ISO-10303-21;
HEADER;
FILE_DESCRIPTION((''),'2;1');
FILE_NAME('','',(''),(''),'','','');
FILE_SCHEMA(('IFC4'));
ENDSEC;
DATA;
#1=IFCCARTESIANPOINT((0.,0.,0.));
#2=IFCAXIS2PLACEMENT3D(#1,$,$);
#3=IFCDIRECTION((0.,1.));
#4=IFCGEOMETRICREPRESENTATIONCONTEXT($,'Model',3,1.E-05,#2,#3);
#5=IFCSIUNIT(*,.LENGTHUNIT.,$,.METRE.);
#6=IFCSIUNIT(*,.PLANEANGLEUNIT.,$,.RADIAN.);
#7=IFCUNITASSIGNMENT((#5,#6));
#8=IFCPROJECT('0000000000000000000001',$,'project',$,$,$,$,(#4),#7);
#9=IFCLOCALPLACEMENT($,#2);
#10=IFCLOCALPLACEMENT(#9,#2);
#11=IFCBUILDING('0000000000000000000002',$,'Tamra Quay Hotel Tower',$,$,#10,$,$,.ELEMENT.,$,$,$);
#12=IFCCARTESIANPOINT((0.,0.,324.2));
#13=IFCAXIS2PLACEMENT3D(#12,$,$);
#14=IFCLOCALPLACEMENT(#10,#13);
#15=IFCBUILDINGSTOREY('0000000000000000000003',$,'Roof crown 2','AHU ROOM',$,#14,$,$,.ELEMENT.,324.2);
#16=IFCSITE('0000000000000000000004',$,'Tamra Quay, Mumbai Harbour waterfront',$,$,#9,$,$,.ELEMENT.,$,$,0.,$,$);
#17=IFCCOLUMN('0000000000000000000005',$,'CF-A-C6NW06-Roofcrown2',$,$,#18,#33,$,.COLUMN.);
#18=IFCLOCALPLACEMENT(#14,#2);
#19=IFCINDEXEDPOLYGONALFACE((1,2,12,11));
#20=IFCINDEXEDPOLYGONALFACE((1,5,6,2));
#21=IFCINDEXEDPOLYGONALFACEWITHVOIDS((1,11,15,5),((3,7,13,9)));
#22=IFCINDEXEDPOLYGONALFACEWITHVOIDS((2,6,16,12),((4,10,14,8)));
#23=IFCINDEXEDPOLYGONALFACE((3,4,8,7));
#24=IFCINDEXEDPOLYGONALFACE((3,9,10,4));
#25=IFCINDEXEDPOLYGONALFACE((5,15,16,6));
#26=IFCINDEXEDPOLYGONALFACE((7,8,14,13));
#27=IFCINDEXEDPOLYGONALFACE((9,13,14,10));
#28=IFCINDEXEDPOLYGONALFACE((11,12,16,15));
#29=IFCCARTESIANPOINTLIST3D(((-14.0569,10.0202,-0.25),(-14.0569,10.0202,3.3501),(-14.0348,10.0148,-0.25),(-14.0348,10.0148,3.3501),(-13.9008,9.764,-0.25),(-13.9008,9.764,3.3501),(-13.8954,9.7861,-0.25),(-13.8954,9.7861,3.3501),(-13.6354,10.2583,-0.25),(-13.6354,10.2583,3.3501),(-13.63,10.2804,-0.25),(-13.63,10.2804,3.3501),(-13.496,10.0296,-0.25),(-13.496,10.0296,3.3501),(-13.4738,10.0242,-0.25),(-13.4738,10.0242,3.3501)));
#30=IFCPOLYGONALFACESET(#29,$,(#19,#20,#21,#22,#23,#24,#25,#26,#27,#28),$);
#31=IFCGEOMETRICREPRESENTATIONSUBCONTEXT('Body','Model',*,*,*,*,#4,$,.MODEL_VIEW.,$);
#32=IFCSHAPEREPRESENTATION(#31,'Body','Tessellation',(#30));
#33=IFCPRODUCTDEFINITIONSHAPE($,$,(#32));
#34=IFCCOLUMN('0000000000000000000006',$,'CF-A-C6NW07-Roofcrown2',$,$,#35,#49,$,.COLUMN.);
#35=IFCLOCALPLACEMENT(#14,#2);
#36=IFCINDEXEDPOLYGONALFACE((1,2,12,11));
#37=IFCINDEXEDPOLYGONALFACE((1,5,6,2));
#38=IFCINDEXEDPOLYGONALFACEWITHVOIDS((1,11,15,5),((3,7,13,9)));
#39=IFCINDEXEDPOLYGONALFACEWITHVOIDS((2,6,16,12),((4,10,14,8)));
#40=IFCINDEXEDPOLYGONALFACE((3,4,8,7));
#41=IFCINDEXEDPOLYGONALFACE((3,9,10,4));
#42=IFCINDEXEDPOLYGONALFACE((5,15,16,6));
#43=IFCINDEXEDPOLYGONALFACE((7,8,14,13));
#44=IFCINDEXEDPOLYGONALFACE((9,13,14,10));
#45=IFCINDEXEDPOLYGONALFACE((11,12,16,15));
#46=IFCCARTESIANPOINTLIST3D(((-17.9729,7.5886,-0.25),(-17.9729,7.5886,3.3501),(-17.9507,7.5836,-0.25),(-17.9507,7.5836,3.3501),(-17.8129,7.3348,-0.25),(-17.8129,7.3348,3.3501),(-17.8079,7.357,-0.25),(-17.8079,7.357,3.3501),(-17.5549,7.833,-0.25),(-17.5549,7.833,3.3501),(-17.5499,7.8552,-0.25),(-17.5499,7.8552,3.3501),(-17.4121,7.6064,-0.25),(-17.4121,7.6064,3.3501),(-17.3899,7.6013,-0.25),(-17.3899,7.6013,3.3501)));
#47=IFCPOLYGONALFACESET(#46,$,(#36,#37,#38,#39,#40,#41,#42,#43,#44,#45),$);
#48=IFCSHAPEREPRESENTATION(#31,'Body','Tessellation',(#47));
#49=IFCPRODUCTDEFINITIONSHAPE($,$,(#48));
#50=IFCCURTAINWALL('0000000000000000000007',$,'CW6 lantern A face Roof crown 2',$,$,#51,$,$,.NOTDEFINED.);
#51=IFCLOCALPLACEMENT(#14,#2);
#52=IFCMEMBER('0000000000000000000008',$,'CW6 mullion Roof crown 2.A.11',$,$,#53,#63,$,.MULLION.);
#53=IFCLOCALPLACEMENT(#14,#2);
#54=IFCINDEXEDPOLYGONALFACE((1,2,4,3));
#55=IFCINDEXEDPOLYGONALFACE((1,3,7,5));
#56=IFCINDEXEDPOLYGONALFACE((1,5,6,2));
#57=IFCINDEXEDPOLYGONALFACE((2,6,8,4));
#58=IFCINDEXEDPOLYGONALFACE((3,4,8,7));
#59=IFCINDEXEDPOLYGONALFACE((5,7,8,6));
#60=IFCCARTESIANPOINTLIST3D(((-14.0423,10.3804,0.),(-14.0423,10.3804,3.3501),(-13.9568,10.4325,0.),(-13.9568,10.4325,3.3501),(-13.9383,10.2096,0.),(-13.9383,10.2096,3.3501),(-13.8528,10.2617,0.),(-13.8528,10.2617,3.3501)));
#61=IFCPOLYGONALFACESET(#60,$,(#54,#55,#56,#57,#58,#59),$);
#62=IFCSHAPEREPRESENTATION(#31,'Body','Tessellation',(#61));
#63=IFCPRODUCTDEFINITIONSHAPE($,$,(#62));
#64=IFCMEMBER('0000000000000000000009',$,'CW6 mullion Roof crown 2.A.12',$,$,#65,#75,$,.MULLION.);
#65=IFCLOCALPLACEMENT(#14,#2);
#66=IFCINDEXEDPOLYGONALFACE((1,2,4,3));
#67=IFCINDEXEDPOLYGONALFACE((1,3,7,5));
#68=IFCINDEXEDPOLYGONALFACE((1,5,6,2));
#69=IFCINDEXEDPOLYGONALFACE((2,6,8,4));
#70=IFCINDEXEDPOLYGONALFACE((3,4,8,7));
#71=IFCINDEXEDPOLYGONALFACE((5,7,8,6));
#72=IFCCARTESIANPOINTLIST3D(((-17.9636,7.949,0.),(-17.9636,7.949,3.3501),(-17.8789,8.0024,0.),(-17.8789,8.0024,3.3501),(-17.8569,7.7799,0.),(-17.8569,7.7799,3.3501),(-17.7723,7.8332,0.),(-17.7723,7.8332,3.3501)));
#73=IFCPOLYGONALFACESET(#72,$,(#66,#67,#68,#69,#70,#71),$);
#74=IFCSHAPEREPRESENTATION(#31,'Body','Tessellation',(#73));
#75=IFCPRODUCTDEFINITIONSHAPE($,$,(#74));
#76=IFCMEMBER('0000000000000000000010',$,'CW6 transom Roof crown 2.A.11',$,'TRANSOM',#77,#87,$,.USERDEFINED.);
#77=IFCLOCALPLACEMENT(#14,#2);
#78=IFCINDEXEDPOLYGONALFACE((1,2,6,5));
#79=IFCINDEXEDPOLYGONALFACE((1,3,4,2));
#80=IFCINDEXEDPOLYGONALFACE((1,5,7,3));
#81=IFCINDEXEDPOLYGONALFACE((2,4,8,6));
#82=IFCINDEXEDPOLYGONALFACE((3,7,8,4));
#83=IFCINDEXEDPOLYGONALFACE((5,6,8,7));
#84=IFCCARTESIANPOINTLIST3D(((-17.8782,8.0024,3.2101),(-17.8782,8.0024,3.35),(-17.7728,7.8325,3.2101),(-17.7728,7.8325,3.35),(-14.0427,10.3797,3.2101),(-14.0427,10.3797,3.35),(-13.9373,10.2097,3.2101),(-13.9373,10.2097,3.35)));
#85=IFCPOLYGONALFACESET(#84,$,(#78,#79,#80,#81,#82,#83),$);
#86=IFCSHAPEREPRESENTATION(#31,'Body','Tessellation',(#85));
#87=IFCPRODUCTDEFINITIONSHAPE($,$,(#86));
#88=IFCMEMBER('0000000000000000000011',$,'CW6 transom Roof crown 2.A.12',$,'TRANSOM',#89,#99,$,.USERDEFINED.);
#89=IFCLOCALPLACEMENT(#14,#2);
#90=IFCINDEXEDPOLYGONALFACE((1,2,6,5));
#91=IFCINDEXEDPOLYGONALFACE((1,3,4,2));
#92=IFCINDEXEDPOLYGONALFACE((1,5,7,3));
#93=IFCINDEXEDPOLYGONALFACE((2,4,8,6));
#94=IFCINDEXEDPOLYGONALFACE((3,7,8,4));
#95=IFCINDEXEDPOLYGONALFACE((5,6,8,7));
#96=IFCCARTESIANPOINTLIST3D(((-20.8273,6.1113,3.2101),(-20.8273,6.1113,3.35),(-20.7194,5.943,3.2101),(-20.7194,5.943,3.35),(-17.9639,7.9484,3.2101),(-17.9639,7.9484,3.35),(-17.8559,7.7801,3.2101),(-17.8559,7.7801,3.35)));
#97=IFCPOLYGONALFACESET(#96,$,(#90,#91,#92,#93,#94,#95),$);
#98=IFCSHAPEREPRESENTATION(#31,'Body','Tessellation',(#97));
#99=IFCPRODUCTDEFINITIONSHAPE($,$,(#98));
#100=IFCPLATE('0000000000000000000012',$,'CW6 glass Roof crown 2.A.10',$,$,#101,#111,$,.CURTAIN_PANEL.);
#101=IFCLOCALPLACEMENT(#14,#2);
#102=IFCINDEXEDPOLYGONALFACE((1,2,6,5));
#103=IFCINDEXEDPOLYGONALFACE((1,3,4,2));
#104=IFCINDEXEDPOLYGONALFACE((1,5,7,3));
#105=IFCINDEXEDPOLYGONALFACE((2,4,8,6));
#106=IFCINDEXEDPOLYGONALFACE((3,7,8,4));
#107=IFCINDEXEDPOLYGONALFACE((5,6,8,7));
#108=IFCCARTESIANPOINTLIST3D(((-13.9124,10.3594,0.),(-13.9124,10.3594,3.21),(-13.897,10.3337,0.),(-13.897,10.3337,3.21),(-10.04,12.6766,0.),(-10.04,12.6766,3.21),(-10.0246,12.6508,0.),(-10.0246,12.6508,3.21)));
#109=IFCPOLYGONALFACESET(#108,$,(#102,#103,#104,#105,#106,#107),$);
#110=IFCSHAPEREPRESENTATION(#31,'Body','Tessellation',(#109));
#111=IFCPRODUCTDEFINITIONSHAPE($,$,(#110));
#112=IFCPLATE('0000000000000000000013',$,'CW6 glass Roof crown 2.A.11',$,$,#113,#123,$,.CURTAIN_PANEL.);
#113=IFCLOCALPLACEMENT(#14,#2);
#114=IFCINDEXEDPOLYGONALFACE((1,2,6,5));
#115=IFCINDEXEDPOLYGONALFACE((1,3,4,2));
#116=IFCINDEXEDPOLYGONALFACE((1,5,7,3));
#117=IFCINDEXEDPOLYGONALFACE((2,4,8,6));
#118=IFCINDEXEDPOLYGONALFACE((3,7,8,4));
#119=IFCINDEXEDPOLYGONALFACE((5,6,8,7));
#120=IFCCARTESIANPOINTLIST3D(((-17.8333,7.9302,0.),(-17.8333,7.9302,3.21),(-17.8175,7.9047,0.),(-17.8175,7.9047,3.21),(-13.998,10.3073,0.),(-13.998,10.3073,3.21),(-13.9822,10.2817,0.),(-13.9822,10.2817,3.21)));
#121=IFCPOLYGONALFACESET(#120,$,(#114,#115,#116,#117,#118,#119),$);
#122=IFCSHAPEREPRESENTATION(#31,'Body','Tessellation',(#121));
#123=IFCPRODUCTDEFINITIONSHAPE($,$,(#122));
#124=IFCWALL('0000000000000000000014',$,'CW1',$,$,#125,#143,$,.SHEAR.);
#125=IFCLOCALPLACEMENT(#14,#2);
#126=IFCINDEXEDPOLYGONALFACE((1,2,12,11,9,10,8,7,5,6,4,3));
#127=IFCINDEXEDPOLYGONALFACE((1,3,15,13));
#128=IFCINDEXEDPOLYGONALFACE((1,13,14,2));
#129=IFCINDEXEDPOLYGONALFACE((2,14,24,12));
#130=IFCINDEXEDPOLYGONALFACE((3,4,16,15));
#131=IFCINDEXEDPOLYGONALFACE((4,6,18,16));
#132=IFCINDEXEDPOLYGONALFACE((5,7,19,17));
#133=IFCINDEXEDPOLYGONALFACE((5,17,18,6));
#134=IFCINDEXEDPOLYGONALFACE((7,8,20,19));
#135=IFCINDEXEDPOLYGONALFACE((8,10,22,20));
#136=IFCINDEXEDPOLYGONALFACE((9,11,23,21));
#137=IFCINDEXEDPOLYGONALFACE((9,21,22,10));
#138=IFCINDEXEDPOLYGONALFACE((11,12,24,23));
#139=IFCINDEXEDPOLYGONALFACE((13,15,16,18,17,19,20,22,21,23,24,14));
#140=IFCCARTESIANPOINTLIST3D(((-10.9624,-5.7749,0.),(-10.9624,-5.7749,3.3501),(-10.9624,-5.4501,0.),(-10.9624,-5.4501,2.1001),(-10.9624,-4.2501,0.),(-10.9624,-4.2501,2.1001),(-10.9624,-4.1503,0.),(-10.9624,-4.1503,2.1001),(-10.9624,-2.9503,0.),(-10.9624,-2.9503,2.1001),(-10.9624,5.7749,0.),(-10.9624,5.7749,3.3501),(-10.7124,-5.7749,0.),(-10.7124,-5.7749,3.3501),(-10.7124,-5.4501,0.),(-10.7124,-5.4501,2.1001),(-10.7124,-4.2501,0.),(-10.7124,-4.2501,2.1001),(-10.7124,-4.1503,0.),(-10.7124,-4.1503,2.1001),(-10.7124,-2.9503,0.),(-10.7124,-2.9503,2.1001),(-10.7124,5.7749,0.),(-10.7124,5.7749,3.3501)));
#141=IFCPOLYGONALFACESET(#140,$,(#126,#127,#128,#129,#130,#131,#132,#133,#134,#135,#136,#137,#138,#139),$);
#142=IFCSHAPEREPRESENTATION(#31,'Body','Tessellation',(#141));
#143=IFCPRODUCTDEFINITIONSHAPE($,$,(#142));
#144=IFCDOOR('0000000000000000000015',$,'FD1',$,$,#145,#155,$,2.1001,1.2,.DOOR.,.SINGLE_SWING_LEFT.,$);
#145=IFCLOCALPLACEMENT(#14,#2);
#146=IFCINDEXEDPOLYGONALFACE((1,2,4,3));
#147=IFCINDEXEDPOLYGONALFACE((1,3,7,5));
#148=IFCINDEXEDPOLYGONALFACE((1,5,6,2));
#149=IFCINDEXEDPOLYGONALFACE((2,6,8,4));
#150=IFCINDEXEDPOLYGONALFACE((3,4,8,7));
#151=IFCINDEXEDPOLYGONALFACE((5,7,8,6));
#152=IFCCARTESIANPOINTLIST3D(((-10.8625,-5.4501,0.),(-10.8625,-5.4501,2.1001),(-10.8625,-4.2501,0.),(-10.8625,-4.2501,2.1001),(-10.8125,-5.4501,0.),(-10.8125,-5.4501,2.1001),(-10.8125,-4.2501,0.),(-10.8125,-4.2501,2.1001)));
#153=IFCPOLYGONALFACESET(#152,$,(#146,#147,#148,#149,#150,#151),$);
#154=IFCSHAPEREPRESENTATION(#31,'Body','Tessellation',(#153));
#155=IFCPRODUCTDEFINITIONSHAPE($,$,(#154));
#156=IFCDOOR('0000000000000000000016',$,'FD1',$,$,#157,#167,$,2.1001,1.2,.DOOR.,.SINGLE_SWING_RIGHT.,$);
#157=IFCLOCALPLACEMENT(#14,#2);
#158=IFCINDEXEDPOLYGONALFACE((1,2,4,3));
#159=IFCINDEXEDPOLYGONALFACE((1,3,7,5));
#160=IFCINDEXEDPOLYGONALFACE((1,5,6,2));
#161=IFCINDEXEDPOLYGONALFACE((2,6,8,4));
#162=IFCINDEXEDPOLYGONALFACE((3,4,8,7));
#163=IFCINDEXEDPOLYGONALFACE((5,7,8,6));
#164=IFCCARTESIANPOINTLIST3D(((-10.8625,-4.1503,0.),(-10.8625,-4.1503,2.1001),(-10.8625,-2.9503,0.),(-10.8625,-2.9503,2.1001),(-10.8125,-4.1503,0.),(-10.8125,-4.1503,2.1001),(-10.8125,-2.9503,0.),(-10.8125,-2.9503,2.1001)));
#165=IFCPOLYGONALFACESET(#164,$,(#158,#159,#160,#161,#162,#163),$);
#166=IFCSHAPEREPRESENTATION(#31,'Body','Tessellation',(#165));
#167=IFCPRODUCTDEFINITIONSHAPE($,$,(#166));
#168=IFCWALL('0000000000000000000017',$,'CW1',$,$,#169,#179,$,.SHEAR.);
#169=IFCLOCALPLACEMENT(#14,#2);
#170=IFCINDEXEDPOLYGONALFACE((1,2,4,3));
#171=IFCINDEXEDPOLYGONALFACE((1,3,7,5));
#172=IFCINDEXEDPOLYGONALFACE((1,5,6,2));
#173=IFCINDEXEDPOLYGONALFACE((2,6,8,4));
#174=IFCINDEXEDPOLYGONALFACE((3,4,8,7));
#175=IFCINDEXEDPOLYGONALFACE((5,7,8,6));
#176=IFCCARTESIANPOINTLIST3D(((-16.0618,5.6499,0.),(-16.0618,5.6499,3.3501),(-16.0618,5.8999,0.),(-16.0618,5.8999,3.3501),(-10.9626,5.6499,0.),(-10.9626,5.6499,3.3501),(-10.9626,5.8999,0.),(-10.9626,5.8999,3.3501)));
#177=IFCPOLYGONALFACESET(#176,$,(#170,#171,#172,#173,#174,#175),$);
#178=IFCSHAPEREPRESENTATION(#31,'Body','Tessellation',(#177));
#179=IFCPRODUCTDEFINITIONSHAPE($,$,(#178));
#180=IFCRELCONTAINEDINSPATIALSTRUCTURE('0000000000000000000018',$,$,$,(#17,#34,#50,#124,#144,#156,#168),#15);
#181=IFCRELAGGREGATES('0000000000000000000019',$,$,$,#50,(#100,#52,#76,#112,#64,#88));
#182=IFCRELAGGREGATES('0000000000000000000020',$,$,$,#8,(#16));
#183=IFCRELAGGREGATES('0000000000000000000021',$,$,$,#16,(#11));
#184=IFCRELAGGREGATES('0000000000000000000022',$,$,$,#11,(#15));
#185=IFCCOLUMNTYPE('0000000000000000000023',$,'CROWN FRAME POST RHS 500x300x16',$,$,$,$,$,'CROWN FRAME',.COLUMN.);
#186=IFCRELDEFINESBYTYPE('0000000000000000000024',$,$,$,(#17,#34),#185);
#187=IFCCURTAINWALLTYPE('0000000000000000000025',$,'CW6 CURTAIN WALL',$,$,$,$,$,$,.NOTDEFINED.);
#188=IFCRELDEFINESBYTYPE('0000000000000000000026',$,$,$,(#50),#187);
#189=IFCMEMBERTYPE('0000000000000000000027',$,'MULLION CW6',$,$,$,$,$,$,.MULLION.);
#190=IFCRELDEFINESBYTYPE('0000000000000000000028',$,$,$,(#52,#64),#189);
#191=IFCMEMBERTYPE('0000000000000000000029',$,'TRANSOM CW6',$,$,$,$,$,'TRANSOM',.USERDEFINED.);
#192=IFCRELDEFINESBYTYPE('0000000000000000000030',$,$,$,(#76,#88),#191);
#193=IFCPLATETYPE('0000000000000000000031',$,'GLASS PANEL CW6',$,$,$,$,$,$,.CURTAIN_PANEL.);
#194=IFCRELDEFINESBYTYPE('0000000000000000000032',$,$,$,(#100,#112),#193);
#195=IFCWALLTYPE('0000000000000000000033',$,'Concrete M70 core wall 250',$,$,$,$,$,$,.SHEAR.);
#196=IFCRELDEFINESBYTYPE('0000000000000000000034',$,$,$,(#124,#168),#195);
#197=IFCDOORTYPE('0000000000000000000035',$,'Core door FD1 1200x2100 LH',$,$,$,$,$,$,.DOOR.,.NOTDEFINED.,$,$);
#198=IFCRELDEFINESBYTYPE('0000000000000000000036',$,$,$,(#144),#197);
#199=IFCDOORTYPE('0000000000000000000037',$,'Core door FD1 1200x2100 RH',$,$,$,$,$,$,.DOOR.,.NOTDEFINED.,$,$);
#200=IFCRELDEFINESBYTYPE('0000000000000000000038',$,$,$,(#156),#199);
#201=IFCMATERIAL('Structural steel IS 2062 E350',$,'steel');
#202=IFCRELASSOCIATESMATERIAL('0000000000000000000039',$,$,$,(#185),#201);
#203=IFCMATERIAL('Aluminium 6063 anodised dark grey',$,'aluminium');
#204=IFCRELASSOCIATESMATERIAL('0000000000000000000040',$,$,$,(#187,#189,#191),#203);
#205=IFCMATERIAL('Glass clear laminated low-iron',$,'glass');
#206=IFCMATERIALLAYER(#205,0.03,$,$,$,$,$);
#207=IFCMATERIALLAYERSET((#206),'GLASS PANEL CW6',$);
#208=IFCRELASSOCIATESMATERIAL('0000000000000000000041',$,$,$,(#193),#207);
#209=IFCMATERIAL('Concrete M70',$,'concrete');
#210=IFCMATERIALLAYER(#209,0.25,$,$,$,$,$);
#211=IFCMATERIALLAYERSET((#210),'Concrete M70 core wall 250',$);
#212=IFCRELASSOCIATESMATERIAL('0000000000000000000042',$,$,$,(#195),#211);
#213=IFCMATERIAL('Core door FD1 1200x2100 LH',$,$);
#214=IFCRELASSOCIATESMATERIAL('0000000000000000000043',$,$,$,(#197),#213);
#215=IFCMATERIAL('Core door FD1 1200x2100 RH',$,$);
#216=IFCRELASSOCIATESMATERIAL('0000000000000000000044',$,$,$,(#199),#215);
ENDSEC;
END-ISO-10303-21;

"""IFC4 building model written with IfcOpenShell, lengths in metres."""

from ifc_helpers import new_model, si_unit, direction, frame, frame_2d, origin, origin_2d, place, context, subcontext, project, spatial, rectangle, hollow_rectangle, extrude, material, layer, layer_set, material_profile, profile_set, type_object, element, fill, aggregate, save


model = new_model("IFC4")

# Units and contexts
model_context = context("Model", 3, precision=1e-05, world=origin(), true_north=direction((0.0, 1.0)))
body_context = subcontext(model_context, "Body", "Model", "MODEL_VIEW")
ifc_project = project(units=[si_unit("LENGTHUNIT", "METRE"), si_unit("PLANEANGLEUNIT", "RADIAN")], contexts=[model_context])

# Site, building, storey
site_placement = place(None, origin())
site = spatial("IfcSite", under=ifc_project, at=site_placement, Name="Tamra Quay, Mumbai Harbour waterfront", CompositionType="ELEMENT", RefElevation=0.0)
building_placement = place(site_placement, origin())
building = spatial("IfcBuilding", under=site, at=building_placement, Name="Tamra Quay Hotel Tower", CompositionType="ELEMENT")
storey_placement = place(building_placement, frame((0.0, 0.0, 324.2)))
storey = spatial("IfcBuildingStorey", under=building, at=storey_placement, Name="Roof crown 2", Description="AHU ROOM", CompositionType="ELEMENT", Elevation=324.2)

# Columns
ifc_material_1 = material(Name="Structural steel IS 2062 E350", Category="steel")
ifc_material_profile_1 = material_profile(ifc_material_1, hollow_rectangle(XDim=0.3, YDim=0.5, WallThickness=0.0161, at=origin_2d()), Name="RHS 500x300x16")
ifc_profile_set_1 = profile_set([ifc_material_profile_1], Name="Structural steel IS 2062 E350")
column_type = type_object("IfcColumnType", Name="CROWN FRAME POST RHS 500x300x16", ElementType="CROWN FRAME", PredefinedType="COLUMN", material=ifc_profile_set_1)
for number, where, z_axis, x_axis, name in (
    (1, (-13.7654, 10.0222, -0.25), (0.0, 0.0, 1.0), (-0.52043, 0.853904, 0.0), "CF-A-C6NW06-Roofcrown2"),
    (2, (-17.6814, 7.595, -0.25), (0.0, 0.0, 1.0), (-0.533133, 0.846031, 0.0), "CF-A-C6NW07-Roofcrown2"),
):
    element("IfcColumn", number, at=place(storey_placement, frame(where, z_axis=z_axis, x_axis=x_axis)), inside=storey, type_object=column_type, Name=name, PredefinedType="COLUMN", context=body_context, shape_type="SweptSolid", body=[
        extrude(hollow_rectangle(XDim=0.3, YDim=0.5, WallThickness=0.0161, at=origin_2d()), origin(), (0.0, 0.0, 1.0), 3.6001),
    ])

# Curtain wall, members, plates
ifc_material_2 = material(Name="Aluminium 6063 anodised dark grey", Category="aluminium")
curtain_wall_type = type_object("IfcCurtainWallType", Name="CW6 CURTAIN WALL", PredefinedType="NOTDEFINED", material=ifc_material_2)
curtain_wall_placement = place(storey_placement, origin())
curtain_wall = element("IfcCurtainWall", 3, at=curtain_wall_placement, inside=storey, type_object=curtain_wall_type, Name="CW6 lantern A face Roof crown 2", PredefinedType="NOTDEFINED")
ifc_material_profile_2 = material_profile(ifc_material_2, rectangle(XDim=0.2, YDim=0.1001, at=origin_2d()), Name="MULLION 100X200")
ifc_profile_set_2 = profile_set([ifc_material_profile_2], Name="Aluminium 6063 anodised dark grey")
member_type_1 = type_object("IfcMemberType", Name="MULLION CW6", PredefinedType="MULLION", material=ifc_profile_set_2)
member_1_placement = place(storey_placement, frame((-13.9475, 10.321, 0.0), z_axis=(0.0, 0.0, 1.0), x_axis=(-0.52016, 0.854069, 0.0)))
member_1 = element("IfcMember", 4, at=member_1_placement, type_object=member_type_1, Name="CW6 mullion Roof crown 2.A.11", PredefinedType="MULLION", context=body_context, shape_type="SweptSolid", body=[
    extrude(rectangle(XDim=0.2, YDim=0.1001, at=origin_2d()), origin(), (0.0, 0.0, 1.0), 3.3501),
])
member_2_placement = place(storey_placement, frame((-17.8679, 7.8911, 0.0), z_axis=(0.0, 0.0, 1.0), x_axis=(-0.533422, 0.845849, 0.0)))
member_2 = element("IfcMember", 5, at=member_2_placement, type_object=member_type_1, Name="CW6 mullion Roof crown 2.A.12", PredefinedType="MULLION", context=body_context, shape_type="SweptSolid", body=[
    extrude(rectangle(XDim=0.2, YDim=0.1001, at=origin_2d()), origin(), (0.0, 0.0, 1.0), 3.3501),
])
ifc_material_profile_3 = material_profile(ifc_material_2, rectangle(XDim=0.2, YDim=0.1399, at=origin_2d()), Name="TRANSOM 200X140")
ifc_profile_set_3 = profile_set([ifc_material_profile_3], Name="Aluminium 6063 anodised dark grey")
member_type_2 = type_object("IfcMemberType", Name="TRANSOM CW6", ElementType="TRANSOM", PredefinedType="USERDEFINED", material=ifc_profile_set_3)
member_3_placement = place(storey_placement, frame((-13.99, 10.2947, 3.28), z_axis=(-0.84998, -0.526815, 0.0), x_axis=(0.526815, -0.84998, 0.0)))
member_3 = element("IfcMember", 6, at=member_3_placement, type_object=member_type_2, Name="CW6 transom Roof crown 2.A.11", ObjectType="TRANSOM", PredefinedType="USERDEFINED", context=body_context, shape_type="SweptSolid", body=[
    extrude(rectangle(XDim=0.2, YDim=0.1399, at=origin_2d()), origin(), (0.0, 0.0, 1.0), 4.5125),
])
member_4_placement = place(storey_placement, frame((-17.9099, 7.8643, 3.28), z_axis=(-0.84167, -0.539992, 0.0), x_axis=(0.539992, -0.84167, 0.0)))
member_4 = element("IfcMember", 7, at=member_4_placement, type_object=member_type_2, Name="CW6 transom Roof crown 2.A.12", ObjectType="TRANSOM", PredefinedType="USERDEFINED", context=body_context, shape_type="SweptSolid", body=[
    extrude(rectangle(XDim=0.2, YDim=0.1399, at=origin_2d()), origin(), (0.0, 0.0, 1.0), 3.4021),
])
ifc_material_3 = material(Name="Glass clear laminated low-iron", Category="glass")
ifc_layer_1 = layer(ifc_material_3, 0.03)
ifc_layer_set_1 = layer_set([ifc_layer_1], Name="GLASS PANEL CW6")
plate_type = type_object("IfcPlateType", Name="GLASS PANEL CW6", PredefinedType="CURTAIN_PANEL", material=ifc_layer_set_1)
plate_1_placement = place(storey_placement, frame((-11.9685, 11.5051, 0.0), z_axis=(0.0, 0.0, 1.0), x_axis=(-0.858104, -0.513477, 0.0)))
plate_1 = element("IfcPlate", 8, at=plate_1_placement, type_object=plate_type, Name="CW6 glass Roof crown 2.A.10", PredefinedType="CURTAIN_PANEL", context=body_context, shape_type="SweptSolid", body=[
    extrude(rectangle(XDim=4.5127, YDim=0.03, at=origin_2d()), origin(), (0.0, 0.0, 1.0), 3.21),
])
plate_2_placement = place(storey_placement, frame((-15.9077, 9.106, 0.0), z_axis=(0.0, 0.0, 1.0), x_axis=(-0.849982, -0.526812, 0.0)))
plate_2 = element("IfcPlate", 9, at=plate_2_placement, type_object=plate_type, Name="CW6 glass Roof crown 2.A.11", PredefinedType="CURTAIN_PANEL", context=body_context, shape_type="SweptSolid", body=[
    extrude(rectangle(XDim=4.5122, YDim=0.03, at=origin_2d()), origin(), (0.0, 0.0, 1.0), 3.21),
])
aggregate(curtain_wall, [plate_1, member_1, member_3, plate_2, member_2, member_4])

# Wall, openings, doors
ifc_material_4 = material(Name="Concrete M70", Category="concrete")
ifc_layer_2 = layer(ifc_material_4, 0.25)
ifc_layer_set_2 = layer_set([ifc_layer_2], Name="Concrete M70 core wall 250")
wall_type_1 = type_object("IfcWallType", Name="Concrete M70 core wall 250", PredefinedType="SHEAR", material=ifc_layer_set_2)
wall_1_placement = place(storey_placement, frame((-10.8374, 5.7749, 0.0), z_axis=(0.0, 0.0, 1.0), x_axis=(0.0, -1.0, 0.0)))
wall_1 = element("IfcWall", 10, at=wall_1_placement, inside=storey, type_object=wall_type_1, Name="CW1", PredefinedType="SHEAR", context=body_context, shape_type="SweptSolid", body=[
    extrude(rectangle(XDim=11.5498, YDim=0.25, at=frame_2d((5.7749, 0.0))), origin(), (0.0, 0.0, 1.0), 3.3501),
])
opening_1_placement = place(wall_1_placement, frame((10.0249, 0.0, 0.0)))
opening_1 = element("IfcOpeningElement", 11, at=opening_1_placement, cuts=wall_1, PredefinedType="OPENING", context=body_context, shape_type="SweptSolid", body=[
    extrude(rectangle(XDim=1.2, YDim=2.1001, at=frame_2d((0.6001, 1.05))), frame((0.0, 0.135, 0.0), z_axis=(0.0, -1.0, 0.0), x_axis=(1.0, 0.0, 0.0)), (0.0, 0.0, 1.0), 0.27),
])
opening_2_placement = place(wall_1_placement, frame((8.7251, 0.0, 0.0)))
opening_2 = element("IfcOpeningElement", 12, at=opening_2_placement, cuts=wall_1, PredefinedType="OPENING", context=body_context, shape_type="SweptSolid", body=[
    extrude(rectangle(XDim=1.2, YDim=2.1001, at=frame_2d((0.6001, 1.05))), frame((0.0, 0.135, 0.0), z_axis=(0.0, -1.0, 0.0), x_axis=(1.0, 0.0, 0.0)), (0.0, 0.0, 1.0), 0.27),
])
ifc_material_5 = material(Name="Core door FD1 1200x2100 LH")
door_type_1 = type_object("IfcDoorType", Name="Core door FD1 1200x2100 LH", OperationType="NOTDEFINED", PredefinedType="DOOR", material=ifc_material_5)
door_1_placement = place(opening_1_placement, origin())
door_1 = element("IfcDoor", 13, at=door_1_placement, inside=storey, type_object=door_type_1, Name="FD1", OperationType="SINGLE_SWING_LEFT", OverallHeight=2.1001, OverallWidth=1.2, PredefinedType="DOOR", context=body_context, shape_type="SweptSolid", body=[
    extrude(rectangle(XDim=1.2, YDim=2.1001, at=frame_2d((0.6001, 1.05))), frame((0.0, 0.0249, 0.0), z_axis=(0.0, -1.0, 0.0), x_axis=(1.0, 0.0, 0.0)), (0.0, 0.0, 1.0), 0.05),
])
fill(opening_1, door_1)
ifc_material_6 = material(Name="Core door FD1 1200x2100 RH")
door_type_2 = type_object("IfcDoorType", Name="Core door FD1 1200x2100 RH", OperationType="NOTDEFINED", PredefinedType="DOOR", material=ifc_material_6)
door_2_placement = place(opening_2_placement, origin())
door_2 = element("IfcDoor", 14, at=door_2_placement, inside=storey, type_object=door_type_2, Name="FD1", OperationType="SINGLE_SWING_RIGHT", OverallHeight=2.1001, OverallWidth=1.2, PredefinedType="DOOR", context=body_context, shape_type="SweptSolid", body=[
    extrude(rectangle(XDim=1.2, YDim=2.1001, at=frame_2d((0.6001, 1.05))), frame((0.0, 0.0249, 0.0), z_axis=(0.0, -1.0, 0.0), x_axis=(1.0, 0.0, 0.0)), (0.0, 0.0, 1.0), 0.05),
])
fill(opening_2, door_2)

# Wall
wall_2_placement = place(storey_placement, frame((-16.0618, 5.7749, 0.0), z_axis=(0.0, 0.0, 1.0), x_axis=(1.0, 0.0, 0.0)))
element("IfcWall", 15, at=wall_2_placement, inside=storey, type_object=wall_type_1, Name="CW1", PredefinedType="SHEAR", context=body_context, shape_type="SweptSolid", body=[
    extrude(rectangle(XDim=5.0991, YDim=0.25, at=frame_2d((2.5496, 0.0))), origin(), (0.0, 0.0, 1.0), 3.3501),
])

save(model, "model.ifc")
